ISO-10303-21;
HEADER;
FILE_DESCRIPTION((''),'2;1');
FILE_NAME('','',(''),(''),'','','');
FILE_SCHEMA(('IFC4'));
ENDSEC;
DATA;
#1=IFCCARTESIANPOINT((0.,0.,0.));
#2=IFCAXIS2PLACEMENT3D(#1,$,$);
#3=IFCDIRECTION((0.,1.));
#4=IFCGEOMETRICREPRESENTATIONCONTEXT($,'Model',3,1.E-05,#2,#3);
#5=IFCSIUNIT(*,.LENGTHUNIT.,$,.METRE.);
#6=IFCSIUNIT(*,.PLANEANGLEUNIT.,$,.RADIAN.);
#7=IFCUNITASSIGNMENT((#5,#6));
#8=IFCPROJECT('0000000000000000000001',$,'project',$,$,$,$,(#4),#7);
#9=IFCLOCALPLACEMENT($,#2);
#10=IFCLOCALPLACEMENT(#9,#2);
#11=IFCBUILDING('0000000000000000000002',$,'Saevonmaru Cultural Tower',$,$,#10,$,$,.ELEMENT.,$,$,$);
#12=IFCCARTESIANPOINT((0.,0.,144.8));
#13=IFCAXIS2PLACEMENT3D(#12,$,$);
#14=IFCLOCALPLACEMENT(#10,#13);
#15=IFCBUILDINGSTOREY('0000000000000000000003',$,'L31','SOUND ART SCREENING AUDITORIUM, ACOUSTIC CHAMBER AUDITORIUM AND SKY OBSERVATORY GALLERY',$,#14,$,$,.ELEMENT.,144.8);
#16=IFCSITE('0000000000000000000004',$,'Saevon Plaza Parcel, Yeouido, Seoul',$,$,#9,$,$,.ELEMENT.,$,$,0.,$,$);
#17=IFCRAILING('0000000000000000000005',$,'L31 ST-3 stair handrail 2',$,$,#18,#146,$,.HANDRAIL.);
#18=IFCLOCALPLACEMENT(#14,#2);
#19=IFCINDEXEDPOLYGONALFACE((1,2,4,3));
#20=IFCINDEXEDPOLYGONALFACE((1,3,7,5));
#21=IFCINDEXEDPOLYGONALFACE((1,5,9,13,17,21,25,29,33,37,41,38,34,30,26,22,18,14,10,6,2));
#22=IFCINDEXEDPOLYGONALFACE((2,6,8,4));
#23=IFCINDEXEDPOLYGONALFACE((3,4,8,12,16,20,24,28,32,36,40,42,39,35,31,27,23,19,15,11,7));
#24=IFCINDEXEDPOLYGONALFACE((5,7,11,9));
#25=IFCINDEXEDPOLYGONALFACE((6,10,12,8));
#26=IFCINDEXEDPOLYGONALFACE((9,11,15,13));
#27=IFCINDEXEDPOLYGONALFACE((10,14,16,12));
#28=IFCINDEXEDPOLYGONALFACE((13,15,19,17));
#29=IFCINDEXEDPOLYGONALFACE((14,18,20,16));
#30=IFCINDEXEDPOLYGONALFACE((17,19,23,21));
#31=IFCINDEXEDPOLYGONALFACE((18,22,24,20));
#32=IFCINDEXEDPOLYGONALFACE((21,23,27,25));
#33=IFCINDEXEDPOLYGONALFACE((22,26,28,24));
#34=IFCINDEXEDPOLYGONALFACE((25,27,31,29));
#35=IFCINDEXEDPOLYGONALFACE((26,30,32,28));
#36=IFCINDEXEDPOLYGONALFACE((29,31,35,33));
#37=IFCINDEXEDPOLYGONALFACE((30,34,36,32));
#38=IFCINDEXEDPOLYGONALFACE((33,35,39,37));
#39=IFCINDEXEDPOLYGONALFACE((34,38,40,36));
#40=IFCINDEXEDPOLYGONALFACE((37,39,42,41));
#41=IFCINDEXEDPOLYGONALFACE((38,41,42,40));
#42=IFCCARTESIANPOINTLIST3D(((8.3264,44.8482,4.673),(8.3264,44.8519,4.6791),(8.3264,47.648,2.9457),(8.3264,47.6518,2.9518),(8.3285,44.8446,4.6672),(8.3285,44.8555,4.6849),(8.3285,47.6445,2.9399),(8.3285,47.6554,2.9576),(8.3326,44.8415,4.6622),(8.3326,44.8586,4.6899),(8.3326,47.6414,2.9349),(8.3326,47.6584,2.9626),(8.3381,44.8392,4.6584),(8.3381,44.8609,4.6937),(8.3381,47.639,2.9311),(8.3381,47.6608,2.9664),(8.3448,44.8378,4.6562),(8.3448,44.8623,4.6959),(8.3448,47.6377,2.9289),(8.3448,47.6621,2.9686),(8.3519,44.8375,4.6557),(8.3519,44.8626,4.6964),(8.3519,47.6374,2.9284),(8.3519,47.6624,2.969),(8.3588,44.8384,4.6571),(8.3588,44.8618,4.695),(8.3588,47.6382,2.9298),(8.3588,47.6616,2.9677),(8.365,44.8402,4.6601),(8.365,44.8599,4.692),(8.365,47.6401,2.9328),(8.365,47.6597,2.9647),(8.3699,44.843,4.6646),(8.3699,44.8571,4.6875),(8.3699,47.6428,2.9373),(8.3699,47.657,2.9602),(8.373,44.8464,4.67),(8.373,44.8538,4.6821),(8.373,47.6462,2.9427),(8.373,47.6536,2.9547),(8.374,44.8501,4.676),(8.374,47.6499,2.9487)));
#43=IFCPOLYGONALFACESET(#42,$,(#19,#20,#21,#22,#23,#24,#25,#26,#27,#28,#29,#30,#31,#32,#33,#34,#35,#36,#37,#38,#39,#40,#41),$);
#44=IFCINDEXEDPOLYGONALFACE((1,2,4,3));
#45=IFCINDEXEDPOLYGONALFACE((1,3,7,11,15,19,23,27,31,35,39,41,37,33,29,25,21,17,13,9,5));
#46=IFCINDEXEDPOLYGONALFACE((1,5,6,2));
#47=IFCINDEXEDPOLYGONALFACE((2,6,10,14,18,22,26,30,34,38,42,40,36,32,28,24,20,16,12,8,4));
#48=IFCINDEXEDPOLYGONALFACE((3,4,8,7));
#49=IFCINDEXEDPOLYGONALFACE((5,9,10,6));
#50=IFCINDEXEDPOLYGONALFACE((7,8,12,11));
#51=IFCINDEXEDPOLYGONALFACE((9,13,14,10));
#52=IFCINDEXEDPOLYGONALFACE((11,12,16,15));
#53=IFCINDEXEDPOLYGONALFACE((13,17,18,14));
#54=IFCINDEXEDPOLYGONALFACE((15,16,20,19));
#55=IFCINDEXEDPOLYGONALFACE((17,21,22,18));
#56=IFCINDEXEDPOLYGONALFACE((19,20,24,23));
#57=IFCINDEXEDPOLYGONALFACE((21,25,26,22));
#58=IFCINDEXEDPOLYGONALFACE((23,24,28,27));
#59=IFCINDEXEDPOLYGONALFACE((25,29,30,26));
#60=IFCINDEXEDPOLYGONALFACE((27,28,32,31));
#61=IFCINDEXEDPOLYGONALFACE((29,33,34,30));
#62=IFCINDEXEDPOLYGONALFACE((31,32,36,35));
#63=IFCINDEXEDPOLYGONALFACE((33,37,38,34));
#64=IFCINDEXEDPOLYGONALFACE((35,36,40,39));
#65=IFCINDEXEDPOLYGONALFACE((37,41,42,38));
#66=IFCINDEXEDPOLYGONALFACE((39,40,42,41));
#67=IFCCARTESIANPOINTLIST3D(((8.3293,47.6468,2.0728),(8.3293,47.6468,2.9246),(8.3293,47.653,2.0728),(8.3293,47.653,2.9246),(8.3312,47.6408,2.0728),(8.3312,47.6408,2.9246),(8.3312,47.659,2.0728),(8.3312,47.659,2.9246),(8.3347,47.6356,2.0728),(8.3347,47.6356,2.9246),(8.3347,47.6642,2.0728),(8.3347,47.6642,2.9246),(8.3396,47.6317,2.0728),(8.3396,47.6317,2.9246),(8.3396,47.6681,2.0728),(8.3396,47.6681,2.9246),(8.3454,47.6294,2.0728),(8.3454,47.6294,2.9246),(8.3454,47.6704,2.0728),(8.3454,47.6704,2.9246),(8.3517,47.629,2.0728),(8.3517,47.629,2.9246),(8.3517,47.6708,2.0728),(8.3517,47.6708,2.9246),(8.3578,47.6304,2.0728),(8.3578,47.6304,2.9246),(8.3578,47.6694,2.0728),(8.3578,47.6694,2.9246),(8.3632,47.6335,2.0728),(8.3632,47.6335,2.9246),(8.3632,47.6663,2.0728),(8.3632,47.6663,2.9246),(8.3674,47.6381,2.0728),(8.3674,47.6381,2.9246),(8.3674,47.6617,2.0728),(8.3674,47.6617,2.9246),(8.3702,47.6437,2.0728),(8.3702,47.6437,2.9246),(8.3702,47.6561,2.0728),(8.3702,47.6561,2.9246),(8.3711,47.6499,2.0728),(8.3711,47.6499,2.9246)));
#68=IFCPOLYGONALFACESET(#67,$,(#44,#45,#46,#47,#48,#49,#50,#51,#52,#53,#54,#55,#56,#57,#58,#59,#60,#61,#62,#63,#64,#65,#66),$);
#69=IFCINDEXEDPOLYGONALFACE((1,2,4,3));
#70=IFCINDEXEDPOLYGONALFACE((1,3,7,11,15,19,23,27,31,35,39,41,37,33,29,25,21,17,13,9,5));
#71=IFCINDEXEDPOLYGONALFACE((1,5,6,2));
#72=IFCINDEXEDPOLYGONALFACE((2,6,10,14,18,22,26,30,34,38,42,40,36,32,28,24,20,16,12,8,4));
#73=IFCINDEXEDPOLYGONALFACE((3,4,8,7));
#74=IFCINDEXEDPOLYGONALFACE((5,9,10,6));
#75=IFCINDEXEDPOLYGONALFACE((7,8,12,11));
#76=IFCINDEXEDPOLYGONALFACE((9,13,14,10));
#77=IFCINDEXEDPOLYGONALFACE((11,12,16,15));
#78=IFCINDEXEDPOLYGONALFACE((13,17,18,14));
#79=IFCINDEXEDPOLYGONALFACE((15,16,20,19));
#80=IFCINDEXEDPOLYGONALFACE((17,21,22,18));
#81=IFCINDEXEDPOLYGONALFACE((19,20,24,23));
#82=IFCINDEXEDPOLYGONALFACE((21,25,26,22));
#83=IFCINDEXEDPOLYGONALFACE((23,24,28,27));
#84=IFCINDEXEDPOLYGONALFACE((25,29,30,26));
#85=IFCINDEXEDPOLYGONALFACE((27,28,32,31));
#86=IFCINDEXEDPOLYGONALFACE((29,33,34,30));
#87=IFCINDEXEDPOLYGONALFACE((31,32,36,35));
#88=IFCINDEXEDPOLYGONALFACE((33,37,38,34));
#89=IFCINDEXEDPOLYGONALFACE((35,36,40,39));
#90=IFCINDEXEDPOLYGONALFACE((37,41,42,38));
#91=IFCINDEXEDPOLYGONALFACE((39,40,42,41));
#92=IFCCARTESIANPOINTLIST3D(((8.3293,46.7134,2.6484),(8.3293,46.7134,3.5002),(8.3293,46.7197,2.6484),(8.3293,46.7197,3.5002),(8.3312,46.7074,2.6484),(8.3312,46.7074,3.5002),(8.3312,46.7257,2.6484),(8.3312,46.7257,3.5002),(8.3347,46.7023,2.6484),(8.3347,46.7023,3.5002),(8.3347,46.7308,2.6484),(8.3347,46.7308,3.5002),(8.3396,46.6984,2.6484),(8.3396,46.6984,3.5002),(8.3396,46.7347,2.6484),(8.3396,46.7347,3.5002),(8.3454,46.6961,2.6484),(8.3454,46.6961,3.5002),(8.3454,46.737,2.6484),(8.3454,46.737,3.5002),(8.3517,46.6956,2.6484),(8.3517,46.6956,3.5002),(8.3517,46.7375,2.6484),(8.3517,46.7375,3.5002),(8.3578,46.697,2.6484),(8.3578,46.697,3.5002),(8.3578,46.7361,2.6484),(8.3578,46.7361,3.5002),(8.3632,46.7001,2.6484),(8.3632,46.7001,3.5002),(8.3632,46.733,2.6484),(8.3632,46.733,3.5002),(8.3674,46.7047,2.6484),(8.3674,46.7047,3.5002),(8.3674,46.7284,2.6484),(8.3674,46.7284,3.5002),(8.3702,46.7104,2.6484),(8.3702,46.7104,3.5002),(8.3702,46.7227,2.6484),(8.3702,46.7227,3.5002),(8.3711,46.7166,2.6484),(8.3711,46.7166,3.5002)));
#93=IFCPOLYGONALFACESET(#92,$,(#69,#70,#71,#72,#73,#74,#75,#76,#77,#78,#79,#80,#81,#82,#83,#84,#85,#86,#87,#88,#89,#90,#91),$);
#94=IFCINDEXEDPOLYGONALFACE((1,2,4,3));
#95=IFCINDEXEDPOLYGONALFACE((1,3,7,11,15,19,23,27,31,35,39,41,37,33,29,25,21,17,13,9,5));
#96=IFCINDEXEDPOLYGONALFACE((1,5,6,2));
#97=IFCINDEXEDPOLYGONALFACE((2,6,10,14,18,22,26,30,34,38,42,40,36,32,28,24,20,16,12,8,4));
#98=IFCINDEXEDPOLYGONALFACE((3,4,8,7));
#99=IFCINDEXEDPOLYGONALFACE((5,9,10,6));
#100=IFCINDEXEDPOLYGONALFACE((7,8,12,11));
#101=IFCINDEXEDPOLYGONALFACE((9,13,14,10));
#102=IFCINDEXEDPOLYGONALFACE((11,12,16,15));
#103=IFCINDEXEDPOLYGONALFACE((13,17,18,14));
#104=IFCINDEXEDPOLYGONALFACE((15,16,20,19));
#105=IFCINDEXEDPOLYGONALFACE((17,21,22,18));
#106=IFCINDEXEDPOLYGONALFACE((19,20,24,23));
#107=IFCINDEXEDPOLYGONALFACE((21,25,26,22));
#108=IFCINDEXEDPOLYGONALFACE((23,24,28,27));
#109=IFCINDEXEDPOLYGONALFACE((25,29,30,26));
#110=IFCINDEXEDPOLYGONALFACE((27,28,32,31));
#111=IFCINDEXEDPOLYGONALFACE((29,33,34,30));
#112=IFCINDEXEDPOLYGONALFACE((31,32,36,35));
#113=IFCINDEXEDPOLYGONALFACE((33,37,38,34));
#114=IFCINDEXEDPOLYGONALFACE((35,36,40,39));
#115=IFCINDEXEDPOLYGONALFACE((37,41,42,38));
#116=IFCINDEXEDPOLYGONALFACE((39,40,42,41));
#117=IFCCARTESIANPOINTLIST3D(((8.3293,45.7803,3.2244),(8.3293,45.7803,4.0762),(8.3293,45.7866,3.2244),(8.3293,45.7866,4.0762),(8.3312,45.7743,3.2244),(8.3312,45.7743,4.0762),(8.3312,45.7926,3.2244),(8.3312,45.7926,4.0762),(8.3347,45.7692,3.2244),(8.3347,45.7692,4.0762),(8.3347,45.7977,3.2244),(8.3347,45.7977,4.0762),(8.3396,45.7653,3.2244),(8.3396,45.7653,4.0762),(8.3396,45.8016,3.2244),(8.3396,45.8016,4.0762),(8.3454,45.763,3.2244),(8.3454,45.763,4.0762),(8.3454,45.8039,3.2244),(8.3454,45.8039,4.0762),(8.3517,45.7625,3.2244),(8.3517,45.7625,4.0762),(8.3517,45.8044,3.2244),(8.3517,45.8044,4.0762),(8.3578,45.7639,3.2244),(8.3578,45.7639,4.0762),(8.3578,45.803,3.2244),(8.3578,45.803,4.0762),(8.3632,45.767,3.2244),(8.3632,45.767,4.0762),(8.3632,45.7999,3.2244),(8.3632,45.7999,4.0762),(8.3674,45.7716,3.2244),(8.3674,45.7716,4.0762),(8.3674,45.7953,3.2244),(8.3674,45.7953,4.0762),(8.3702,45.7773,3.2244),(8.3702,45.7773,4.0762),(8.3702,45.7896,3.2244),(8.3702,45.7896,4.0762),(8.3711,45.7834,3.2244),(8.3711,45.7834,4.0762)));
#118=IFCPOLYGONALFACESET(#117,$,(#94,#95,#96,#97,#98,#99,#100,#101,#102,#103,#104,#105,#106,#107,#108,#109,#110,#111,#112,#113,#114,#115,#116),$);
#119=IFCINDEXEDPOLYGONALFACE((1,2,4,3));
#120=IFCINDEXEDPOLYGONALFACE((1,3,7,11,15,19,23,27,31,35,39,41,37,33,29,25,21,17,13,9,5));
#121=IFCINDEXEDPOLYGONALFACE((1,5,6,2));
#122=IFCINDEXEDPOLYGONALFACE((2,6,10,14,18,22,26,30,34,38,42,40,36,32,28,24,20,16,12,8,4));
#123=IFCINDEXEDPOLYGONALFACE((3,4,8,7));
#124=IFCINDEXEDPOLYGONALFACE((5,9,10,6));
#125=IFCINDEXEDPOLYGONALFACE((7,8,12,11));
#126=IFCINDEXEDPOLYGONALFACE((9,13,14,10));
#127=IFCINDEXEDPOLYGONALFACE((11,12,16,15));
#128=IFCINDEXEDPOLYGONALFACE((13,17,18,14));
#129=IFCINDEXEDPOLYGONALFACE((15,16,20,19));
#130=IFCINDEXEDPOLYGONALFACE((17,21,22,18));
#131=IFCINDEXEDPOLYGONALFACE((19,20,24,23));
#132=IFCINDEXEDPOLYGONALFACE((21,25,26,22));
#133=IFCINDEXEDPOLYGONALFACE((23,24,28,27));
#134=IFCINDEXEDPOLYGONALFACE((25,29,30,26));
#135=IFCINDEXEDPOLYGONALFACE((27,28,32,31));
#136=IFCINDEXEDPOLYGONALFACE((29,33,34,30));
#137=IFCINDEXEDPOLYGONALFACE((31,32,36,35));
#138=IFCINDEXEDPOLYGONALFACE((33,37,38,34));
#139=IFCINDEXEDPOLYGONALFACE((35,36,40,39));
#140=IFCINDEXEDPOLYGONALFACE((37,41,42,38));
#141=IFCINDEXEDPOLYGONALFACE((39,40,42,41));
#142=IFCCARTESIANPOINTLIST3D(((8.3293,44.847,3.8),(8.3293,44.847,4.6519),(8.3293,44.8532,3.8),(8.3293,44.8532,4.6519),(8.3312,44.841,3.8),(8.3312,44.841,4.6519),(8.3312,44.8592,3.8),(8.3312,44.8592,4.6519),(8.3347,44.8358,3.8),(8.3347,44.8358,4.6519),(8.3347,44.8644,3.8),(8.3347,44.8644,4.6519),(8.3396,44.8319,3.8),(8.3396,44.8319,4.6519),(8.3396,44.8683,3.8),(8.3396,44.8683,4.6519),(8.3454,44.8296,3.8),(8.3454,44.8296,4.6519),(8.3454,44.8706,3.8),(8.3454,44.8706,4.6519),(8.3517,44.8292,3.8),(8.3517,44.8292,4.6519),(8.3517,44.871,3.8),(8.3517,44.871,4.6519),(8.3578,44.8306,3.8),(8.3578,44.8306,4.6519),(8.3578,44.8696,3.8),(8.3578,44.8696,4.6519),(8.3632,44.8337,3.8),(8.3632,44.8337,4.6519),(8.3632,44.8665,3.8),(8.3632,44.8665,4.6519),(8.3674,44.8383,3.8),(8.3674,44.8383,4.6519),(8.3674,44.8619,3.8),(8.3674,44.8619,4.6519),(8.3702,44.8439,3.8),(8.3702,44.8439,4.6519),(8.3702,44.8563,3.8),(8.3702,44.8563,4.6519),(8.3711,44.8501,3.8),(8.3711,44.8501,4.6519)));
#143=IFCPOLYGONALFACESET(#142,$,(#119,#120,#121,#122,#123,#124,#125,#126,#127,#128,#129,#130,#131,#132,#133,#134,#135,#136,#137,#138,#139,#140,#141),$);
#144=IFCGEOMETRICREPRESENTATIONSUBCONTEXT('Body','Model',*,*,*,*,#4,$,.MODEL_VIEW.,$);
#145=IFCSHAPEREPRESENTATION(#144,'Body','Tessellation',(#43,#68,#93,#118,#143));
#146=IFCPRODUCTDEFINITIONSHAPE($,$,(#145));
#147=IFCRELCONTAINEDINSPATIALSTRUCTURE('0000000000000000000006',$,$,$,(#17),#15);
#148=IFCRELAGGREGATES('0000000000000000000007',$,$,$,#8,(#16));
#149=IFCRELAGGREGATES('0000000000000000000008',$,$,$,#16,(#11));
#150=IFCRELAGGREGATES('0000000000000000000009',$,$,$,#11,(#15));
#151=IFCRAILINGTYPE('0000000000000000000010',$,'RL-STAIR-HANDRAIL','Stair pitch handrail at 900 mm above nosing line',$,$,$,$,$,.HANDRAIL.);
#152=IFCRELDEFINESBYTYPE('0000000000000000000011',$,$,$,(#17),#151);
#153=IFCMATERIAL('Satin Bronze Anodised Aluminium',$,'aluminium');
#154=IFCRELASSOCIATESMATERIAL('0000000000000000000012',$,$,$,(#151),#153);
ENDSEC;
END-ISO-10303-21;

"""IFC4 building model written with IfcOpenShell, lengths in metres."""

from ifc_helpers import new_model, si_unit, direction, frame, origin, origin_2d, place, context, subcontext, project, spatial, circle, extrude, material, type_object, element, save


model = new_model("IFC4")

# Units and contexts
model_context = context("Model", 3, precision=1e-05, world=origin(), true_north=direction((0.0, 1.0)))
body_context = subcontext(model_context, "Body", "Model", "MODEL_VIEW")
ifc_project = project(units=[si_unit("LENGTHUNIT", "METRE"), si_unit("PLANEANGLEUNIT", "RADIAN")], contexts=[model_context])

# Site, building, storey
site_placement = place(None, origin())
site = spatial("IfcSite", under=ifc_project, at=site_placement, Name="Saevon Plaza Parcel, Yeouido, Seoul", CompositionType="ELEMENT", RefElevation=0.0)
building_placement = place(site_placement, origin())
building = spatial("IfcBuilding", under=site, at=building_placement, Name="Saevonmaru Cultural Tower", CompositionType="ELEMENT")
storey_placement = place(building_placement, frame((0.0, 0.0, 144.8)))
storey = spatial("IfcBuildingStorey", under=building, at=storey_placement, Name="L31", Description="SOUND ART SCREENING AUDITORIUM, ACOUSTIC CHAMBER AUDITORIUM AND SKY OBSERVATORY GALLERY", CompositionType="ELEMENT", Elevation=144.8)

# Shared definitions
ifc_material_1 = material(Name="Satin Bronze Anodised Aluminium", Category="aluminium")

# Railing
railing_type_1 = type_object("IfcRailingType", Name="RL-STAIR-HANDRAIL", Description="Stair pitch handrail at 900 mm above nosing line", PredefinedType="HANDRAIL", material=ifc_material_1)
railing_1_placement = place(storey_placement, frame((8.3501, 47.6499, 2.0728)))
element("IfcRailing", 1, at=railing_1_placement, inside=storey, type_object=railing_type_1, Name="L31 ST-3 stair handrail 2", PredefinedType="HANDRAIL", context=body_context, shape_type="SweptSolid", body=[
    extrude(circle(Radius=0.0239, at=origin_2d()), frame((0.0, 0.0, 0.876), z_axis=(0.0, -0.851069, 0.525054), x_axis=(1.0, 0.0, 0.0)), (0.0, 0.0, 1.0), 3.2898),
    extrude(circle(Radius=0.021, at=origin_2d()), origin(), (0.0, 0.0, 1.0), 0.8518),
    extrude(circle(Radius=0.021, at=origin_2d()), frame((0.0, -0.9333, 0.5757)), (0.0, 0.0, 1.0), 0.8518),
    extrude(circle(Radius=0.021, at=origin_2d()), frame((0.0, -1.8665, 1.1516)), (0.0, 0.0, 1.0), 0.8518),
    extrude(circle(Radius=0.021, at=origin_2d()), frame((0.0, -2.7998, 1.7273)), (0.0, 0.0, 1.0), 0.8518),
])

save(model, "model.ifc")
